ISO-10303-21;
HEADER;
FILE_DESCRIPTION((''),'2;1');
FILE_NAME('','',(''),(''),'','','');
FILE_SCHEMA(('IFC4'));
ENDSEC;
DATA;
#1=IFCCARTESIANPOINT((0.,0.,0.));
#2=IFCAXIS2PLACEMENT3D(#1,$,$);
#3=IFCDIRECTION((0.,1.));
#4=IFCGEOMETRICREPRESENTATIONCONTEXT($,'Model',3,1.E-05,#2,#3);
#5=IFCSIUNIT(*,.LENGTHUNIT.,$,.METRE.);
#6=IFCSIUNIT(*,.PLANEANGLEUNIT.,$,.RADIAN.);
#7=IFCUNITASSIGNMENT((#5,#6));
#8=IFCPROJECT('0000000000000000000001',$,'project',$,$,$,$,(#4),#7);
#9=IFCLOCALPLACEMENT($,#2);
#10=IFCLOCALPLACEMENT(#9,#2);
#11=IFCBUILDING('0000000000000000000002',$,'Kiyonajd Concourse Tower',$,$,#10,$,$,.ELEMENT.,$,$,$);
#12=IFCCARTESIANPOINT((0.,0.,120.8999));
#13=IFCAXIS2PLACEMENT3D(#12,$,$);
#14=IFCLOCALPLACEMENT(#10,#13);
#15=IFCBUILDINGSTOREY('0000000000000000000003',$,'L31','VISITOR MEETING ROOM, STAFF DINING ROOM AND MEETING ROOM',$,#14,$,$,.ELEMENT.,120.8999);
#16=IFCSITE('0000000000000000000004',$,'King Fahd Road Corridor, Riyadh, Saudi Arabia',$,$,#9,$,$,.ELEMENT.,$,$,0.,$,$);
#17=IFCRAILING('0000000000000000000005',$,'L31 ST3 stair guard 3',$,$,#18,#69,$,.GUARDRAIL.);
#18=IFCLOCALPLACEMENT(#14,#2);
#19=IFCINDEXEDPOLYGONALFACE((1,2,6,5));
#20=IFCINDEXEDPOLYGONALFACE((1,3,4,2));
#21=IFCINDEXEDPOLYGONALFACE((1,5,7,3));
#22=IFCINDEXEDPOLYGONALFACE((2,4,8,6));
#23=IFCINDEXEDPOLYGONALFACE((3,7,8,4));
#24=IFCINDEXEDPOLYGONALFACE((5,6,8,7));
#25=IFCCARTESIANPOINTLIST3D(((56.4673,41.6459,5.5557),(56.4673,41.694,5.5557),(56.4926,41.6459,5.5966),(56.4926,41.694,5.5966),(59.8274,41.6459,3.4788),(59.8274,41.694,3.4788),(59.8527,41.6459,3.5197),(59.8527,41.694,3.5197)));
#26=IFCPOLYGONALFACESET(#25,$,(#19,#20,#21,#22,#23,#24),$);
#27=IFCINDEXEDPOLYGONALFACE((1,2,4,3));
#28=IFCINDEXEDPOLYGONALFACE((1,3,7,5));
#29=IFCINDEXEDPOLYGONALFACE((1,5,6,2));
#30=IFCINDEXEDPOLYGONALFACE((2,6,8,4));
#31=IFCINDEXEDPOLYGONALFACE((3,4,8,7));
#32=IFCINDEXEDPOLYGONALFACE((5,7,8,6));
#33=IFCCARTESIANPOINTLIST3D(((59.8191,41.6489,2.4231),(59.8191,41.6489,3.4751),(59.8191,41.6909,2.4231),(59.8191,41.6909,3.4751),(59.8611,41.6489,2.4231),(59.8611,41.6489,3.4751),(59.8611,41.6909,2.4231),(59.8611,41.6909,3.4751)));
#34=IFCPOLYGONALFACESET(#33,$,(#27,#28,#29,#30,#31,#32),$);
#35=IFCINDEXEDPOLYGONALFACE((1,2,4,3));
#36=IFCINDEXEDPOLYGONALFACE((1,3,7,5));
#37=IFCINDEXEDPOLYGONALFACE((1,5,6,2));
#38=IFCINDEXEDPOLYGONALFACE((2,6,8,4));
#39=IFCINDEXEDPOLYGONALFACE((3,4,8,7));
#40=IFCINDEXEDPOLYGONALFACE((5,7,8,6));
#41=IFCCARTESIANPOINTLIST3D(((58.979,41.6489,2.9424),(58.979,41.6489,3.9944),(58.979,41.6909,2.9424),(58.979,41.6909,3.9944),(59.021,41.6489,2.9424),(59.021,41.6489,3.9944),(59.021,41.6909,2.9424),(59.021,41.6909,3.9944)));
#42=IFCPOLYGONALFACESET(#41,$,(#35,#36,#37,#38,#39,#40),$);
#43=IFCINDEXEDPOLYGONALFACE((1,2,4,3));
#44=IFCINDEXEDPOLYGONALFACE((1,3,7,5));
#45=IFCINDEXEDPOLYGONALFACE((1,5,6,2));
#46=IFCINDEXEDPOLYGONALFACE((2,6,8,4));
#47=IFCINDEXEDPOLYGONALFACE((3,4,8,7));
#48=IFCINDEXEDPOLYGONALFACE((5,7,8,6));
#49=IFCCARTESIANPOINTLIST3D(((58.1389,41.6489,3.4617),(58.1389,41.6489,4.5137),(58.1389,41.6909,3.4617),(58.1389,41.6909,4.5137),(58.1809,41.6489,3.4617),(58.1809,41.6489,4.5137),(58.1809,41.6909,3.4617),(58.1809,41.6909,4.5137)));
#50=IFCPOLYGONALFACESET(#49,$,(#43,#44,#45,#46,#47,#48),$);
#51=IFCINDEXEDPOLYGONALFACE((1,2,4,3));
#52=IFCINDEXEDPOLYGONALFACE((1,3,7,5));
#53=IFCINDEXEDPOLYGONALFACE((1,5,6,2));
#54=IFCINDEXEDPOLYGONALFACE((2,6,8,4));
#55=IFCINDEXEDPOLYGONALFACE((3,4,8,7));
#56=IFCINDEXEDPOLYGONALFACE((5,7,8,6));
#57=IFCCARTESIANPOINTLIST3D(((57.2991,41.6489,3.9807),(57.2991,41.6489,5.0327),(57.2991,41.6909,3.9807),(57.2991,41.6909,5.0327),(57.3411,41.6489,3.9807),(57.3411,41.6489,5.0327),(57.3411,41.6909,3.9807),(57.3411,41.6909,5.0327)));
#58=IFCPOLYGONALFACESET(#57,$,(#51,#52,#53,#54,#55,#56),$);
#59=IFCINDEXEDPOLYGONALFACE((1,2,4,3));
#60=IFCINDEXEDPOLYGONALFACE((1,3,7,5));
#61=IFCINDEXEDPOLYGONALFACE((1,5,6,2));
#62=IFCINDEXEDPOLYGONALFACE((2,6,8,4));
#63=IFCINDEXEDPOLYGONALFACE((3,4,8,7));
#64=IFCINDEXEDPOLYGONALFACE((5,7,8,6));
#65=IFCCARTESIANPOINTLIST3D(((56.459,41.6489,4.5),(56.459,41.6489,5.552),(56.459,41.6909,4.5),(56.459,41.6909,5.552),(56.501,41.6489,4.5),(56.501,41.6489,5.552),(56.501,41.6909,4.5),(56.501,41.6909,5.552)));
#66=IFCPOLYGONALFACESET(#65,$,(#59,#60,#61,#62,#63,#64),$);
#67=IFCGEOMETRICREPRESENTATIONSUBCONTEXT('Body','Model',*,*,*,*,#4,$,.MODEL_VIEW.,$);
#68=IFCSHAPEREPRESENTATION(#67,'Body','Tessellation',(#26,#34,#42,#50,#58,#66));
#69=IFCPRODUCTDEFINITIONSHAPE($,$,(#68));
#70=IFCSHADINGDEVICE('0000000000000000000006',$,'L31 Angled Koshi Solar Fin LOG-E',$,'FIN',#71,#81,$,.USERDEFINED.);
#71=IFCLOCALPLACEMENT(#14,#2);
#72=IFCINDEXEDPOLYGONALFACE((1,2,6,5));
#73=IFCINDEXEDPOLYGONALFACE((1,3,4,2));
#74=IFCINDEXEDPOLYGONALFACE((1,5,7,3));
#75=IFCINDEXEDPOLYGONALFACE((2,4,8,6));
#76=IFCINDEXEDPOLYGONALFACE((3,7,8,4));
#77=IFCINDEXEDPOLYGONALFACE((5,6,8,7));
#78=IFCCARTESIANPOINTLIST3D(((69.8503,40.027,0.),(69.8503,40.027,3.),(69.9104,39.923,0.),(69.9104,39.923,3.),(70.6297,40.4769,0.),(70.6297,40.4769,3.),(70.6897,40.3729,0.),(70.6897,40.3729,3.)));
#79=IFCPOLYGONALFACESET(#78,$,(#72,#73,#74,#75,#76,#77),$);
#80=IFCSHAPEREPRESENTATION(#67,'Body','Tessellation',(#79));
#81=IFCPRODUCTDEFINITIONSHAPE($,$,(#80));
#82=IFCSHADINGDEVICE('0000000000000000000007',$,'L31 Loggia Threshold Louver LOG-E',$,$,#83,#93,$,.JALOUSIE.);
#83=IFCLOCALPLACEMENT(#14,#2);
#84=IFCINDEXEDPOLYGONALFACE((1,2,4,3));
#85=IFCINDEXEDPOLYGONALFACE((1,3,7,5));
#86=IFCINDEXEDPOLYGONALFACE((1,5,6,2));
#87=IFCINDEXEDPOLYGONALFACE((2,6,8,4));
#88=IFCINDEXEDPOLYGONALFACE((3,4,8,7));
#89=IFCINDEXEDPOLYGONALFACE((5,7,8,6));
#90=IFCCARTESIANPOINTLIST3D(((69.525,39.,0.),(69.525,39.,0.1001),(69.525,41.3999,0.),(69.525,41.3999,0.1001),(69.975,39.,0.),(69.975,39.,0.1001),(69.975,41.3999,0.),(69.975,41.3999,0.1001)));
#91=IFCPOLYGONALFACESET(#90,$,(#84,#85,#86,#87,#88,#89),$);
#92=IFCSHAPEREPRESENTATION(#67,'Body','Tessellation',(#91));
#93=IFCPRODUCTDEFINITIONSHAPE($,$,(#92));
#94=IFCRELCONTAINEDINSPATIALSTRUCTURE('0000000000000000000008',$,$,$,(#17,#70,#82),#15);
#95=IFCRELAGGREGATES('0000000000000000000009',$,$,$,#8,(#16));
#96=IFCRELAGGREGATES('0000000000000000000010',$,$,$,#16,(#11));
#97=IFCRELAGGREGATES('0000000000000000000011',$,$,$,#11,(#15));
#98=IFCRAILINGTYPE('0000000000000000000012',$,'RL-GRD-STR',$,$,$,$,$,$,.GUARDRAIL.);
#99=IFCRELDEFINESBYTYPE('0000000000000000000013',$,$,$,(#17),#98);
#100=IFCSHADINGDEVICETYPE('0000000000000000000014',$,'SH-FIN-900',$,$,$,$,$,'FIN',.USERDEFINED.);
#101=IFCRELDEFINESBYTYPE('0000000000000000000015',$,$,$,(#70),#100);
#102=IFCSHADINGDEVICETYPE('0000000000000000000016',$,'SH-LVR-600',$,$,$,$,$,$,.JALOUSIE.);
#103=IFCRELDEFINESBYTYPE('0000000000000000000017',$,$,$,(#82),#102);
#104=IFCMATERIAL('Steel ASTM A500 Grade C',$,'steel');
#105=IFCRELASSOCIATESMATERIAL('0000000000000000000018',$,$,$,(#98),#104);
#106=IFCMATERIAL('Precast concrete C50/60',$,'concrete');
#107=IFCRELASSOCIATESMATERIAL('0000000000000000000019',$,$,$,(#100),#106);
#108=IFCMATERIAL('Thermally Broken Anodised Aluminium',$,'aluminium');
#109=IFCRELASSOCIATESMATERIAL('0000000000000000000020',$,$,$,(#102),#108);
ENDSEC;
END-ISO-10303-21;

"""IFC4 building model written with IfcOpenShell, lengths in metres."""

from ifc_helpers import new_model, si_unit, direction, frame, origin, origin_2d, place, context, subcontext, project, spatial, rectangle, extrude, material, type_object, element, save


model = new_model("IFC4")

# Units and contexts
model_context = context("Model", 3, precision=1e-05, world=origin(), true_north=direction((0.0, 1.0)))
body_context = subcontext(model_context, "Body", "Model", "MODEL_VIEW")
ifc_project = project(units=[si_unit("LENGTHUNIT", "METRE"), si_unit("PLANEANGLEUNIT", "RADIAN")], contexts=[model_context])

# Site, building, storey
site_placement = place(None, origin())
site = spatial("IfcSite", under=ifc_project, at=site_placement, Name="King Fahd Road Corridor, Riyadh, Saudi Arabia", CompositionType="ELEMENT", RefElevation=0.0)
building_placement = place(site_placement, origin())
building = spatial("IfcBuilding", under=site, at=building_placement, Name="Kiyonajd Concourse Tower", CompositionType="ELEMENT")
storey_placement = place(building_placement, frame((0.0, 0.0, 120.8999)))
storey = spatial("IfcBuildingStorey", under=building, at=storey_placement, Name="L31", Description="VISITOR MEETING ROOM, STAFF DINING ROOM AND MEETING ROOM", CompositionType="ELEMENT", Elevation=120.8999)

# Shared definitions
ifc_material_1 = material(Name="Precast concrete C50/60", Category="concrete")

# Shared definitions
ifc_material_2 = material(Name="Thermally Broken Anodised Aluminium", Category="aluminium")

# Railing
ifc_material_3 = material(Name="Steel ASTM A500 Grade C", Category="steel")
railing_type_1 = type_object("IfcRailingType", Name="RL-GRD-STR", PredefinedType="GUARDRAIL", material=ifc_material_3)
railing_1_placement = place(storey_placement, frame((59.8401, 41.6699, 2.4231)))
element("IfcRailing", 1, at=railing_1_placement, inside=storey, type_object=railing_type_1, Name="L31 ST3 stair guard 3", PredefinedType="GUARDRAIL", context=body_context, shape_type="SweptSolid", body=[
    extrude(rectangle(XDim=0.0481, YDim=0.0481, at=origin_2d()), frame((0.0, 0.0, 1.0762), z_axis=(-0.850623, 0.0, 0.525776), x_axis=(0.0, -1.0, 0.0)), (0.0, 0.0, 1.0), 3.9502),
    extrude(rectangle(XDim=0.042, YDim=0.042, at=origin_2d()), origin(), (0.0, 0.0, 1.0), 1.052),
    extrude(rectangle(XDim=0.042, YDim=0.042, at=origin_2d()), frame((-0.8401, 0.0, 0.5193)), (0.0, 0.0, 1.0), 1.052),
    extrude(rectangle(XDim=0.042, YDim=0.042, at=origin_2d()), frame((-1.6802, 0.0, 1.0386)), (0.0, 0.0, 1.0), 1.052),
    extrude(rectangle(XDim=0.042, YDim=0.042, at=origin_2d()), frame((-2.52, 0.0, 1.5576)), (0.0, 0.0, 1.0), 1.052),
    extrude(rectangle(XDim=0.042, YDim=0.042, at=origin_2d()), frame((-3.3601, 0.0, 2.0769)), (0.0, 0.0, 1.0), 1.052),
])

# Shading devices
shading_device_type_1 = type_object("IfcShadingDeviceType", Name="SH-FIN-900", ElementType="FIN", PredefinedType="USERDEFINED", material=ifc_material_1)
shading_device_1_placement = place(storey_placement, frame((70.27, 40.2, 0.0), z_axis=(0.0, 0.0, 1.0), x_axis=(0.866025, 0.5, 0.0)))
element("IfcShadingDevice", 2, at=shading_device_1_placement, inside=storey, type_object=shading_device_type_1, Name="L31 Angled Koshi Solar Fin LOG-E", ObjectType="FIN", PredefinedType="USERDEFINED", context=body_context, shape_type="SweptSolid", body=[
    extrude(rectangle(XDim=0.8999, YDim=0.1201, at=origin_2d()), origin(), (0.0, 0.0, 1.0), 3.0),
])
shading_device_type_2 = type_object("IfcShadingDeviceType", Name="SH-LVR-600", PredefinedType="JALOUSIE", material=ifc_material_2)
shading_device_2_placement = place(storey_placement, frame((69.75, 40.2, 0.0), z_axis=(0.0, 0.0, 1.0), x_axis=(0.0, 1.0, 0.0)))
element("IfcShadingDevice", 3, at=shading_device_2_placement, inside=storey, type_object=shading_device_type_2, Name="L31 Loggia Threshold Louver LOG-E", PredefinedType="JALOUSIE", context=body_context, shape_type="SweptSolid", body=[
    extrude(rectangle(XDim=2.3999, YDim=0.45, at=origin_2d()), origin(), (0.0, 0.0, 1.0), 0.1001),
])

save(model, "model.ifc")
